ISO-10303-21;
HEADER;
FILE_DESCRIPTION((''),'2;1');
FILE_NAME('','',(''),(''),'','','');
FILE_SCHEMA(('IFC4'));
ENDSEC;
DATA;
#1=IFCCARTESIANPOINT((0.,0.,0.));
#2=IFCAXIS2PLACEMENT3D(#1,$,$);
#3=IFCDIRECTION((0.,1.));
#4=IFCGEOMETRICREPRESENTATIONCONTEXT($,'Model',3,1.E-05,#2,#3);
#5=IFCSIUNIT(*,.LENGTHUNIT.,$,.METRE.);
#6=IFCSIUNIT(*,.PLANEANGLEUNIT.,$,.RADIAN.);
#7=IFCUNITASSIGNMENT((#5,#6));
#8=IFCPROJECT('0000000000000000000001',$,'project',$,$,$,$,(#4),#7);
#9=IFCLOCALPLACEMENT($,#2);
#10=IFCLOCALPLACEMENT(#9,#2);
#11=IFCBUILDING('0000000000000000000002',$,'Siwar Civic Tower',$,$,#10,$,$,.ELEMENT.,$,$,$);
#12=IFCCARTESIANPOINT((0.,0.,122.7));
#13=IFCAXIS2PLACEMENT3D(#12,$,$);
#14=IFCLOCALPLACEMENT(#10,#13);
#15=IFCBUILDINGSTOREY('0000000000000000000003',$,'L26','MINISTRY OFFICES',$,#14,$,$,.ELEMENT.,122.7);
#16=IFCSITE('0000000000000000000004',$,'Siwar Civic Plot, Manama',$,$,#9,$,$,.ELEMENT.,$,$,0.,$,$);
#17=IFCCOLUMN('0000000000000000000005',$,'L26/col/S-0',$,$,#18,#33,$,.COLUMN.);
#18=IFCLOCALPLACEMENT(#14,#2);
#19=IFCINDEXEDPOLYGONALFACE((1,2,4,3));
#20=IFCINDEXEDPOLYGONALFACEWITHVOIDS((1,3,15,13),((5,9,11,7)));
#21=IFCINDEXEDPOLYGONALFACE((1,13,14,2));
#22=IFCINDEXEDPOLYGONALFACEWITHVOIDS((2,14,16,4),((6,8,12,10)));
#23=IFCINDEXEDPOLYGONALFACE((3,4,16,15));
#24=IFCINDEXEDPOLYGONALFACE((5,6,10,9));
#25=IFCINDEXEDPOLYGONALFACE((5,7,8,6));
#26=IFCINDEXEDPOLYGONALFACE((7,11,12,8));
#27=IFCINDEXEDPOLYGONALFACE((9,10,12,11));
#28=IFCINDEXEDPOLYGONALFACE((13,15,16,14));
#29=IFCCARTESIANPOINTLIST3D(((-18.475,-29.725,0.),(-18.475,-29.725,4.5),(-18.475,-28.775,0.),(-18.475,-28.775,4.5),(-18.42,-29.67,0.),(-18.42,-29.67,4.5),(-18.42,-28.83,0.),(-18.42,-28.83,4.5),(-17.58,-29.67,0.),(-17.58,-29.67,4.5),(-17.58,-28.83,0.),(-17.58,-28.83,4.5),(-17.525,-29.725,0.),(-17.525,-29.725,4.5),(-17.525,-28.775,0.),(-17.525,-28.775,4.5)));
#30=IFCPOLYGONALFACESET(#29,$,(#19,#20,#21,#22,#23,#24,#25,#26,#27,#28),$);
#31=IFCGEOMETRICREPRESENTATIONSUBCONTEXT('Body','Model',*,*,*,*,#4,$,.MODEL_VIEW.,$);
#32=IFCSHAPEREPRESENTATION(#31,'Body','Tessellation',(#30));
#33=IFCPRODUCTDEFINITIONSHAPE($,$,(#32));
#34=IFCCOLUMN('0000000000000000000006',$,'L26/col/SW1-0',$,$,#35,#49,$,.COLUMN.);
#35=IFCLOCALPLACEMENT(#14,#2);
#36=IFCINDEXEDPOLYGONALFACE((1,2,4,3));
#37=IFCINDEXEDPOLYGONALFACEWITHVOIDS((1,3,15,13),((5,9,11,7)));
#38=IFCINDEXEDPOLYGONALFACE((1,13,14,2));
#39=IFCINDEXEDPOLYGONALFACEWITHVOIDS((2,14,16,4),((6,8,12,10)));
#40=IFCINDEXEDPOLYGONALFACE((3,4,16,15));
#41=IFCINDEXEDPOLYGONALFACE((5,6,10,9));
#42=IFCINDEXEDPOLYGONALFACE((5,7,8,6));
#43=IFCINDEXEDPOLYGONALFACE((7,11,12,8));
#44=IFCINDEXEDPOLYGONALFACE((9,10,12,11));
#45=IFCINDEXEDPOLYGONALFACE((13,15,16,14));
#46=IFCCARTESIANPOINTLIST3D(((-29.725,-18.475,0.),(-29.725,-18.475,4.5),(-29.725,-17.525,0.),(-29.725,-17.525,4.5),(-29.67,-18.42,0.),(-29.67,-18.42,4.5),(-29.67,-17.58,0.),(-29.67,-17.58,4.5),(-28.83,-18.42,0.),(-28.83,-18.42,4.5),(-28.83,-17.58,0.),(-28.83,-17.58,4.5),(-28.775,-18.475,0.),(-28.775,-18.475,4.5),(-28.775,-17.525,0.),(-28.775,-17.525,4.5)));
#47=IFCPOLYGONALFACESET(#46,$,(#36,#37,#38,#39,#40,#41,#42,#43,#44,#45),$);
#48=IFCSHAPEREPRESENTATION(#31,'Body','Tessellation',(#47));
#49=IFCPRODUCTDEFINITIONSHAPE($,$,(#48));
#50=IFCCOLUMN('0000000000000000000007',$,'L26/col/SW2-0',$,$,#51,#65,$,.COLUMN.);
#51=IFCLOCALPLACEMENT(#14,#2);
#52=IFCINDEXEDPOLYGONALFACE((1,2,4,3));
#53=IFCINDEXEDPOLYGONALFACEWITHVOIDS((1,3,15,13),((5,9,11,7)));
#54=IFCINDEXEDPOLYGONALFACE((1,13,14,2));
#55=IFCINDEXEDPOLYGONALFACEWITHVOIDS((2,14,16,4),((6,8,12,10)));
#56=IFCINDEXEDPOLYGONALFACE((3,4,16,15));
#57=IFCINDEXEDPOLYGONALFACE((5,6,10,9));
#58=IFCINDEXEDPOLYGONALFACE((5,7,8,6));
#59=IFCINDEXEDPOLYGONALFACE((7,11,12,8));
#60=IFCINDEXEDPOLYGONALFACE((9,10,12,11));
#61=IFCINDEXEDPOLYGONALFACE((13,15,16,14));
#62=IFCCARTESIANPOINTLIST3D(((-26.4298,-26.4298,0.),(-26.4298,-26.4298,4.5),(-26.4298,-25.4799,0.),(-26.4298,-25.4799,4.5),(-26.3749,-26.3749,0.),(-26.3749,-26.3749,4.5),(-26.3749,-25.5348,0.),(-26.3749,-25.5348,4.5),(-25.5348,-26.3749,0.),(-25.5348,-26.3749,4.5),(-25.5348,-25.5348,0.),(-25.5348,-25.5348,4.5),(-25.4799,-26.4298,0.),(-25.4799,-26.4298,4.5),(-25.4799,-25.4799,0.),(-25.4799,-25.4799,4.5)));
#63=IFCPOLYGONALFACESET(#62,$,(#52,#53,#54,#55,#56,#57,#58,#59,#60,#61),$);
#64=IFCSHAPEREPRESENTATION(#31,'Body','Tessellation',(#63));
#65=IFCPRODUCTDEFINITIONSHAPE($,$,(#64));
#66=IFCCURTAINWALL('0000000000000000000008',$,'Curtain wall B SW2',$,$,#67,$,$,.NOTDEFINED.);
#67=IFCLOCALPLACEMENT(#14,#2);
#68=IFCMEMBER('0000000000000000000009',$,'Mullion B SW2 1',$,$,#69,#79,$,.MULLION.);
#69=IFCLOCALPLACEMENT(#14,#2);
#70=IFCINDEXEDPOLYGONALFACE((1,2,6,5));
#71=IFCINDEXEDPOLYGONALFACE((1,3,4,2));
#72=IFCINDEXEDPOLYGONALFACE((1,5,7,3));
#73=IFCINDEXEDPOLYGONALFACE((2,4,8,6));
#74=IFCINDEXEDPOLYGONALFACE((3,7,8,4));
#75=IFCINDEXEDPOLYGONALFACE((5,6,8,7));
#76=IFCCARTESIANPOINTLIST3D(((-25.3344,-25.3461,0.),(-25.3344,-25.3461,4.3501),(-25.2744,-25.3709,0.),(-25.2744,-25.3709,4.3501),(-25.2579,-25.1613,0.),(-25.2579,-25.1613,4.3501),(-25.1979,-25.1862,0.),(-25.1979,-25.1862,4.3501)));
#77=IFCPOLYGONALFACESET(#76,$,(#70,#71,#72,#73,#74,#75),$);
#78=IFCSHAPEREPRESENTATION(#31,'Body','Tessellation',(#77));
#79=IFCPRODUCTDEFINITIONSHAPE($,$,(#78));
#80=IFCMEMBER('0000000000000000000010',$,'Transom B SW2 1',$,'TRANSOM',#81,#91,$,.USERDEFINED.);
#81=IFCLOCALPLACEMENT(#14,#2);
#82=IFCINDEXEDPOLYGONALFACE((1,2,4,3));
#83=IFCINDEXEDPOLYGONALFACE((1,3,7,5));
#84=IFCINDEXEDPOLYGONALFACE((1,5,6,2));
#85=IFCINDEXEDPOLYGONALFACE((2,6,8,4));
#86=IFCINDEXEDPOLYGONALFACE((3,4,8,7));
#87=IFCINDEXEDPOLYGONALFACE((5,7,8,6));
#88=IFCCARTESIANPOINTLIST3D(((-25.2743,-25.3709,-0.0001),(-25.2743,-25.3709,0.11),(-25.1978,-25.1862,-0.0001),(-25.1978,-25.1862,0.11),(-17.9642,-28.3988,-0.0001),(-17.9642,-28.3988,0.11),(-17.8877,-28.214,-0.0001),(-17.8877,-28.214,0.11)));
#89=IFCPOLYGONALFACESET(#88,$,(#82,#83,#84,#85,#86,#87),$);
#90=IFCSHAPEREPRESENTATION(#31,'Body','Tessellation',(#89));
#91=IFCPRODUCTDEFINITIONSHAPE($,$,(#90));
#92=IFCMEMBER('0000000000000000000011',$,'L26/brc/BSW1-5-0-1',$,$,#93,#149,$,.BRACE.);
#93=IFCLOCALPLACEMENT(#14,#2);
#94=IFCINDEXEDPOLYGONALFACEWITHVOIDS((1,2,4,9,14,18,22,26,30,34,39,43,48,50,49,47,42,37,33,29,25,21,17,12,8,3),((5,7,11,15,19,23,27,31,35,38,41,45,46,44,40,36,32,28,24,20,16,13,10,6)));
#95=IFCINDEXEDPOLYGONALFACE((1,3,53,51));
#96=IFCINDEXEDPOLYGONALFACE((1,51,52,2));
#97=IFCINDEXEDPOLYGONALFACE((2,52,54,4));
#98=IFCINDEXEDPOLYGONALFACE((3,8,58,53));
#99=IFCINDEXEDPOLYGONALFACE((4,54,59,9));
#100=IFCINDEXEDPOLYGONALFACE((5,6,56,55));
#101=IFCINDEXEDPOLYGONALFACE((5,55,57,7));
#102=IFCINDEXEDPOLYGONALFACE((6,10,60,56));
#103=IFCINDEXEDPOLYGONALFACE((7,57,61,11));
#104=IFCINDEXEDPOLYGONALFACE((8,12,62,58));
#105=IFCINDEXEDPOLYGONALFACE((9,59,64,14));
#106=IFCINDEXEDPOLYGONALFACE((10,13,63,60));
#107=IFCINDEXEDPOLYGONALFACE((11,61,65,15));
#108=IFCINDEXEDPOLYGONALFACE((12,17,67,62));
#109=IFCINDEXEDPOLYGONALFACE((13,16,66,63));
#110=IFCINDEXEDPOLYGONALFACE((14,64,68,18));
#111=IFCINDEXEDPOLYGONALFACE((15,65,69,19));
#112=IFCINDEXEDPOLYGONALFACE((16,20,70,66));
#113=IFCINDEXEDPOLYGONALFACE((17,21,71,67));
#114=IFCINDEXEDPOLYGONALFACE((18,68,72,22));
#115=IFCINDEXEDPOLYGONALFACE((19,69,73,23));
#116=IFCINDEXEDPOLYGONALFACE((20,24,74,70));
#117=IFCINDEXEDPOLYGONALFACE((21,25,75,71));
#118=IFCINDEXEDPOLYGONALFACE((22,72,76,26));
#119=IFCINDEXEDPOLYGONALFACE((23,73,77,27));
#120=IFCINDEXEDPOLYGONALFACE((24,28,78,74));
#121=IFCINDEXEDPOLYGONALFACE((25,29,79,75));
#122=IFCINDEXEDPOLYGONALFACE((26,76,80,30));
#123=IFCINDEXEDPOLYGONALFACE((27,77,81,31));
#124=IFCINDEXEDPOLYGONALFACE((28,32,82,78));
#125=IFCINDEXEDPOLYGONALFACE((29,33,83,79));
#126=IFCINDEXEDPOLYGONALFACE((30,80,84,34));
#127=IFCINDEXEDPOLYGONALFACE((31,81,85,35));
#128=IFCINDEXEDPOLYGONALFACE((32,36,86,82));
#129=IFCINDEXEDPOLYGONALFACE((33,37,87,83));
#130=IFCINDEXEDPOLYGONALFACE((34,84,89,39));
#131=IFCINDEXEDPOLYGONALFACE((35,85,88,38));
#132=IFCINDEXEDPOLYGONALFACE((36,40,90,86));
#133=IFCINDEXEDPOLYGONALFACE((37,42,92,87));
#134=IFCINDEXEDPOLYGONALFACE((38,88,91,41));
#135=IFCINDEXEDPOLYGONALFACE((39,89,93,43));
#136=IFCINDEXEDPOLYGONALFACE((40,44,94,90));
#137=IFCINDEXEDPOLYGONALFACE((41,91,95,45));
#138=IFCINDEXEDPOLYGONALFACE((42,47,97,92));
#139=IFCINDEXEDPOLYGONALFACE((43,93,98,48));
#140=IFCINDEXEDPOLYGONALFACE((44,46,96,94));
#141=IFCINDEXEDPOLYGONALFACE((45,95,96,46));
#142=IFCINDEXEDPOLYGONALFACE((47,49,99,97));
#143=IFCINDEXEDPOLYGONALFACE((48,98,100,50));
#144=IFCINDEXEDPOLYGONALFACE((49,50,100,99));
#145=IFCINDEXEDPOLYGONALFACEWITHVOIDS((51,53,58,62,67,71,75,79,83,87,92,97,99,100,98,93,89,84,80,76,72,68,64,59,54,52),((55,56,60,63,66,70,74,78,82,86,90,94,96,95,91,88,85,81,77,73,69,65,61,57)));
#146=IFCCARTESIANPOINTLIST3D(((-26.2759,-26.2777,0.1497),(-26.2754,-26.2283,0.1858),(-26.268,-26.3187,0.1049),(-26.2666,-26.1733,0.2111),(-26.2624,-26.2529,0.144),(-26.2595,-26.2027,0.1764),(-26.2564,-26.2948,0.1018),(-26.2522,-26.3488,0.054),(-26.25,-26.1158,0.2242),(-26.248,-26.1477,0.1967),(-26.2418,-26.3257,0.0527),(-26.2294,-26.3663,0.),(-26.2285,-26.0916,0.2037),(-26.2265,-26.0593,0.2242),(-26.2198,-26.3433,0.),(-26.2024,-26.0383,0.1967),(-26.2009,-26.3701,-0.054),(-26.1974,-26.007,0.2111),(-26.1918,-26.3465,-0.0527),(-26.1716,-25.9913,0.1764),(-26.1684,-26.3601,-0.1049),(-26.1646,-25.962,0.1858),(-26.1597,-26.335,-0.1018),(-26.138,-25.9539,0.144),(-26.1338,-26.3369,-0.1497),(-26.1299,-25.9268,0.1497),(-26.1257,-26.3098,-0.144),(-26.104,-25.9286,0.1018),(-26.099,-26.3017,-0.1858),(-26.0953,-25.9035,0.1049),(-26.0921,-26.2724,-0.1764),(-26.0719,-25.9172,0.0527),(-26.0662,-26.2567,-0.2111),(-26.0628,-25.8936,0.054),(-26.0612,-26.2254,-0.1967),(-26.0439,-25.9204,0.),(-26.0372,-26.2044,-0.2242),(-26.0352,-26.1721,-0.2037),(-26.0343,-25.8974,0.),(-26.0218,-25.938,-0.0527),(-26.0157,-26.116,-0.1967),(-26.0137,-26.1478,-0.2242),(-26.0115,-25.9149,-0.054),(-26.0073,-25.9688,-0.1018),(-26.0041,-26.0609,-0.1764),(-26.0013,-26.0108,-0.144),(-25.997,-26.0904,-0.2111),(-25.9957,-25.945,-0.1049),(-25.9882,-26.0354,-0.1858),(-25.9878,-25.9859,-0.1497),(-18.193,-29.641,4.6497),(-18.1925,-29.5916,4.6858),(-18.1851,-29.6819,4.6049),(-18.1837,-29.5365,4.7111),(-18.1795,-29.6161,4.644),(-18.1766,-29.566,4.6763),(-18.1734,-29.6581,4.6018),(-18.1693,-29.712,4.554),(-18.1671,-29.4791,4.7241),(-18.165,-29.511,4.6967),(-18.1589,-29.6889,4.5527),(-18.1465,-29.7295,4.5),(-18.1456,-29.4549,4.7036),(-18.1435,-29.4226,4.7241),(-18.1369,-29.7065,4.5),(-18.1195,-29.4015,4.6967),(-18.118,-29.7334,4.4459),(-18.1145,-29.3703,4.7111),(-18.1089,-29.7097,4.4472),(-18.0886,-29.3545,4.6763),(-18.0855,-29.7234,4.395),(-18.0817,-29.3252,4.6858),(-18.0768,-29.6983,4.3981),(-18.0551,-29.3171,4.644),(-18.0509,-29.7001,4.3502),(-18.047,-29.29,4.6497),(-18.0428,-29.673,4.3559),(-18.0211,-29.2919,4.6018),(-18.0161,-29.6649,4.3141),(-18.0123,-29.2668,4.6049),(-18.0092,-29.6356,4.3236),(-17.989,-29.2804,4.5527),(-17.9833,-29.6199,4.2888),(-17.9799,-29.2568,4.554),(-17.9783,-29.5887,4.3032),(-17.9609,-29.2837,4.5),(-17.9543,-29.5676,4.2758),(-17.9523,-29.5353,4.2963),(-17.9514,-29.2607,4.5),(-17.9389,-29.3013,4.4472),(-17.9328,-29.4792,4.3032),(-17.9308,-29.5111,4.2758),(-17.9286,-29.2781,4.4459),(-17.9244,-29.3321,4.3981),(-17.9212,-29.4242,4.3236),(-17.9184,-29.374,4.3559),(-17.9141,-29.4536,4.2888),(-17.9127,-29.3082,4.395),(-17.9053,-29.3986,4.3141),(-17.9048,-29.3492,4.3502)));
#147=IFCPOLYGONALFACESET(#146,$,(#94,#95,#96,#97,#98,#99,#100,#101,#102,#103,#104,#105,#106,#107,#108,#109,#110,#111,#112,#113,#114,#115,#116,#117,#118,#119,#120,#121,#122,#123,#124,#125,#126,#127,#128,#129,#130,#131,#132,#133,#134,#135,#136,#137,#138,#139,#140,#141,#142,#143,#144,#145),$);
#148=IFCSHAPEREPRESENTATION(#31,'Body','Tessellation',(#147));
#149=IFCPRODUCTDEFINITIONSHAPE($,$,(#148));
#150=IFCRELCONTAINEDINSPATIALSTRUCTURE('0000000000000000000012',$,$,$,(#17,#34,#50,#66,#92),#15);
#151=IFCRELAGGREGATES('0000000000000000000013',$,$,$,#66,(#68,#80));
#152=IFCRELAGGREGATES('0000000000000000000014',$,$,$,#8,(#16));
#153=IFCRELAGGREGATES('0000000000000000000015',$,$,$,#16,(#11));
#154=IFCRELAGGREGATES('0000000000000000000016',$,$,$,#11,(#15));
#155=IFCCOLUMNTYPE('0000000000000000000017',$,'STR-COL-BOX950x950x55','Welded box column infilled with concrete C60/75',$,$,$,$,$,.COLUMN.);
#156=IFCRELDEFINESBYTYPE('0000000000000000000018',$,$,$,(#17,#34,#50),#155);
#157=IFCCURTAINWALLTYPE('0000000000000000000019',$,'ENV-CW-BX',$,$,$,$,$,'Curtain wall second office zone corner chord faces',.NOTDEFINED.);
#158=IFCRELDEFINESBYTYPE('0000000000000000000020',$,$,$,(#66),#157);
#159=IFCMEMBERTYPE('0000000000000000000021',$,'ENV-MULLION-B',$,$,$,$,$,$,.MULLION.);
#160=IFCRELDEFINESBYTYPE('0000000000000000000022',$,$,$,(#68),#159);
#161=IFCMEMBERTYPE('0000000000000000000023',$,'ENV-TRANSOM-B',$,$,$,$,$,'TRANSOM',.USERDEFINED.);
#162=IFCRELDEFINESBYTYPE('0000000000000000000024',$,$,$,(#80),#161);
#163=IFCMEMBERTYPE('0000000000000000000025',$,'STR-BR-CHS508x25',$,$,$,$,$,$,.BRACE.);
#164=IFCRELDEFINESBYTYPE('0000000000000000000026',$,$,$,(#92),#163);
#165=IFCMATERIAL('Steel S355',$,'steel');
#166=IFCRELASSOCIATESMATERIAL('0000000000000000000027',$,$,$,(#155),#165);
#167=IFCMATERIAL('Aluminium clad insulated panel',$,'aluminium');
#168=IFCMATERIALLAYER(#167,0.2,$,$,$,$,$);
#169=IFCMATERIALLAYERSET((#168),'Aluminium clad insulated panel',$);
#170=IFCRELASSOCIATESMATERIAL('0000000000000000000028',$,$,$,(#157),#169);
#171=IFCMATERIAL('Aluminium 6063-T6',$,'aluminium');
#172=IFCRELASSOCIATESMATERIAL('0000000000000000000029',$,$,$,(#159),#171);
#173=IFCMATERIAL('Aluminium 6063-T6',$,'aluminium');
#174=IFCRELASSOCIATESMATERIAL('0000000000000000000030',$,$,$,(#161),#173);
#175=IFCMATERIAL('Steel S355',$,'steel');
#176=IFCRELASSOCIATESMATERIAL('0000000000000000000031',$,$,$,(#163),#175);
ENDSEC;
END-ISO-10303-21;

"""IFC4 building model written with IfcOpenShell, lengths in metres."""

from ifc_helpers import new_model, si_unit, direction, frame, origin, origin_2d, place, context, subcontext, project, spatial, rectangle, hollow_rectangle, hollow_circle, extrude, material, layer, layer_set, material_profile, profile_set, type_object, element, aggregate, save


model = new_model("IFC4")

# Units and contexts
model_context = context("Model", 3, precision=1e-05, world=origin(), true_north=direction((0.0, 1.0)))
body_context = subcontext(model_context, "Body", "Model", "MODEL_VIEW")
ifc_project = project(units=[si_unit("LENGTHUNIT", "METRE"), si_unit("PLANEANGLEUNIT", "RADIAN")], contexts=[model_context])

# Site, building, storey
site_placement = place(None, origin())
site = spatial("IfcSite", under=ifc_project, at=site_placement, Name="Siwar Civic Plot, Manama", CompositionType="ELEMENT", RefElevation=0.0)
building_placement = place(site_placement, origin())
building = spatial("IfcBuilding", under=site, at=building_placement, Name="Siwar Civic Tower", CompositionType="ELEMENT")
storey_placement = place(building_placement, frame((0.0, 0.0, 122.7)))
storey = spatial("IfcBuildingStorey", under=building, at=storey_placement, Name="L26", Description="MINISTRY OFFICES", CompositionType="ELEMENT", Elevation=122.7)

# Columns
ifc_material_1 = material(Name="Steel S355", Category="steel")
ifc_material_profile_1 = material_profile(ifc_material_1, hollow_rectangle(XDim=0.95, YDim=0.95, WallThickness=0.0549, at=origin_2d()), Name="BOX950x950x55")
ifc_profile_set_1 = profile_set([ifc_material_profile_1], Name="Steel S355")
column_type = type_object("IfcColumnType", Name="STR-COL-BOX950x950x55", Description="Welded box column infilled with concrete C60/75", PredefinedType="COLUMN", material=ifc_profile_set_1)
for number, where, z_axis, x_axis, name in (
    (1, (-18.0, -29.25, 0.0), (0.0, 0.0, 1.0), (1.0, 0.0, 0.0), "L26/col/S-0"),
    (2, (-29.25, -18.0, 0.0), (0.0, 0.0, 1.0), (1.0, 0.0, 0.0), "L26/col/SW1-0"),
    (3, (-25.9548, -25.9548, 0.0), (0.0, 0.0, 1.0), (1.0, 0.0, 0.0), "L26/col/SW2-0"),
):
    element("IfcColumn", number, at=place(storey_placement, frame(where, z_axis=z_axis, x_axis=x_axis)), inside=storey, type_object=column_type, Name=name, PredefinedType="COLUMN", context=body_context, shape_type="SweptSolid", body=[
        extrude(hollow_rectangle(XDim=0.95, YDim=0.95, WallThickness=0.0549, at=origin_2d()), origin(), (0.0, 0.0, 1.0), 4.5),
    ])

# Curtain wall, members
ifc_material_2 = material(Name="Aluminium clad insulated panel", Category="aluminium")
ifc_layer_1 = layer(ifc_material_2, 0.2)
ifc_layer_set_1 = layer_set([ifc_layer_1], Name="Aluminium clad insulated panel")
curtain_wall_type = type_object("IfcCurtainWallType", Name="ENV-CW-BX", ElementType="Curtain wall second office zone corner chord faces", PredefinedType="NOTDEFINED", material=ifc_layer_set_1)
curtain_wall_1_placement = place(storey_placement, origin())
curtain_wall_1 = element("IfcCurtainWall", 4, at=curtain_wall_1_placement, inside=storey, type_object=curtain_wall_type, Name="Curtain wall B SW2", PredefinedType="NOTDEFINED")
ifc_material_3 = material(Name="Aluminium 6063-T6", Category="aluminium")
ifc_material_profile_2 = material_profile(ifc_material_3, rectangle(XDim=0.2, YDim=0.0649, at=origin_2d()), Name="AL 200x65")
ifc_profile_set_2 = profile_set([ifc_material_profile_2], Name="Aluminium 6063-T6")
member_type_1 = type_object("IfcMemberType", Name="ENV-MULLION-B", PredefinedType="MULLION", material=ifc_profile_set_2)
member_1_placement = place(storey_placement, frame((-25.2661, -25.2661, 0.0), z_axis=(0.0, 0.0, 1.0), x_axis=(0.382683, 0.92388, 0.0)))
member_1 = element("IfcMember", 5, at=member_1_placement, type_object=member_type_1, Name="Mullion B SW2 1", PredefinedType="MULLION", context=body_context, shape_type="SweptSolid", body=[
    extrude(rectangle(XDim=0.2, YDim=0.0649, at=origin_2d()), origin(), (0.0, 0.0, 1.0), 4.3501),
])
ifc_material_4 = material(Name="Aluminium 6063-T6", Category="aluminium")
ifc_material_profile_3 = material_profile(ifc_material_4, rectangle(XDim=0.2, YDim=0.1101, at=origin_2d()), Name="AL 200x110")
ifc_profile_set_3 = profile_set([ifc_material_profile_3], Name="Aluminium 6063-T6")
member_type_2 = type_object("IfcMemberType", Name="ENV-TRANSOM-B", ElementType="TRANSOM", PredefinedType="USERDEFINED", material=ifc_profile_set_3)
member_2_placement = place(storey_placement, frame((-25.2361, -25.2786, 0.0549), z_axis=(0.923884, -0.382673, 0.0), x_axis=(0.382673, 0.923884, 0.0)))
member_2 = element("IfcMember", 6, at=member_2_placement, type_object=member_type_2, Name="Transom B SW2 1", ObjectType="TRANSOM", PredefinedType="USERDEFINED", context=body_context, shape_type="SweptSolid", body=[
    extrude(rectangle(XDim=0.2, YDim=0.1101, at=origin_2d()), origin(), (0.0, 0.0, 1.0), 7.9124),
])

# Member
ifc_material_5 = material(Name="Steel S355", Category="steel")
ifc_material_profile_4 = material_profile(ifc_material_5, hollow_circle(Radius=0.2539, WallThickness=0.0249, at=origin_2d()), Name="CHS508x25")
ifc_profile_set_4 = profile_set([ifc_material_profile_4], Name="Steel S355")
member_type_3 = type_object("IfcMemberType", Name="STR-BR-CHS508x25", PredefinedType="BRACE", material=ifc_profile_set_4)
member_3_placement = place(storey_placement, frame((-26.1318, -26.1318, 0.0), z_axis=(0.821143, -0.341671, 0.457149), x_axis=(0.384164, 0.923265, 0.0)))
element("IfcMember", 7, at=member_3_placement, inside=storey, type_object=member_type_3, Name="L26/brc/BSW1-5-0-1", PredefinedType="BRACE", context=body_context, shape_type="SweptSolid", body=[
    extrude(hollow_circle(Radius=0.2539, WallThickness=0.0249, at=origin_2d()), origin(), (0.0, 0.0, 1.0), 9.8435),
])

aggregate(curtain_wall_1, [member_1, member_2])

save(model, "model.ifc")
